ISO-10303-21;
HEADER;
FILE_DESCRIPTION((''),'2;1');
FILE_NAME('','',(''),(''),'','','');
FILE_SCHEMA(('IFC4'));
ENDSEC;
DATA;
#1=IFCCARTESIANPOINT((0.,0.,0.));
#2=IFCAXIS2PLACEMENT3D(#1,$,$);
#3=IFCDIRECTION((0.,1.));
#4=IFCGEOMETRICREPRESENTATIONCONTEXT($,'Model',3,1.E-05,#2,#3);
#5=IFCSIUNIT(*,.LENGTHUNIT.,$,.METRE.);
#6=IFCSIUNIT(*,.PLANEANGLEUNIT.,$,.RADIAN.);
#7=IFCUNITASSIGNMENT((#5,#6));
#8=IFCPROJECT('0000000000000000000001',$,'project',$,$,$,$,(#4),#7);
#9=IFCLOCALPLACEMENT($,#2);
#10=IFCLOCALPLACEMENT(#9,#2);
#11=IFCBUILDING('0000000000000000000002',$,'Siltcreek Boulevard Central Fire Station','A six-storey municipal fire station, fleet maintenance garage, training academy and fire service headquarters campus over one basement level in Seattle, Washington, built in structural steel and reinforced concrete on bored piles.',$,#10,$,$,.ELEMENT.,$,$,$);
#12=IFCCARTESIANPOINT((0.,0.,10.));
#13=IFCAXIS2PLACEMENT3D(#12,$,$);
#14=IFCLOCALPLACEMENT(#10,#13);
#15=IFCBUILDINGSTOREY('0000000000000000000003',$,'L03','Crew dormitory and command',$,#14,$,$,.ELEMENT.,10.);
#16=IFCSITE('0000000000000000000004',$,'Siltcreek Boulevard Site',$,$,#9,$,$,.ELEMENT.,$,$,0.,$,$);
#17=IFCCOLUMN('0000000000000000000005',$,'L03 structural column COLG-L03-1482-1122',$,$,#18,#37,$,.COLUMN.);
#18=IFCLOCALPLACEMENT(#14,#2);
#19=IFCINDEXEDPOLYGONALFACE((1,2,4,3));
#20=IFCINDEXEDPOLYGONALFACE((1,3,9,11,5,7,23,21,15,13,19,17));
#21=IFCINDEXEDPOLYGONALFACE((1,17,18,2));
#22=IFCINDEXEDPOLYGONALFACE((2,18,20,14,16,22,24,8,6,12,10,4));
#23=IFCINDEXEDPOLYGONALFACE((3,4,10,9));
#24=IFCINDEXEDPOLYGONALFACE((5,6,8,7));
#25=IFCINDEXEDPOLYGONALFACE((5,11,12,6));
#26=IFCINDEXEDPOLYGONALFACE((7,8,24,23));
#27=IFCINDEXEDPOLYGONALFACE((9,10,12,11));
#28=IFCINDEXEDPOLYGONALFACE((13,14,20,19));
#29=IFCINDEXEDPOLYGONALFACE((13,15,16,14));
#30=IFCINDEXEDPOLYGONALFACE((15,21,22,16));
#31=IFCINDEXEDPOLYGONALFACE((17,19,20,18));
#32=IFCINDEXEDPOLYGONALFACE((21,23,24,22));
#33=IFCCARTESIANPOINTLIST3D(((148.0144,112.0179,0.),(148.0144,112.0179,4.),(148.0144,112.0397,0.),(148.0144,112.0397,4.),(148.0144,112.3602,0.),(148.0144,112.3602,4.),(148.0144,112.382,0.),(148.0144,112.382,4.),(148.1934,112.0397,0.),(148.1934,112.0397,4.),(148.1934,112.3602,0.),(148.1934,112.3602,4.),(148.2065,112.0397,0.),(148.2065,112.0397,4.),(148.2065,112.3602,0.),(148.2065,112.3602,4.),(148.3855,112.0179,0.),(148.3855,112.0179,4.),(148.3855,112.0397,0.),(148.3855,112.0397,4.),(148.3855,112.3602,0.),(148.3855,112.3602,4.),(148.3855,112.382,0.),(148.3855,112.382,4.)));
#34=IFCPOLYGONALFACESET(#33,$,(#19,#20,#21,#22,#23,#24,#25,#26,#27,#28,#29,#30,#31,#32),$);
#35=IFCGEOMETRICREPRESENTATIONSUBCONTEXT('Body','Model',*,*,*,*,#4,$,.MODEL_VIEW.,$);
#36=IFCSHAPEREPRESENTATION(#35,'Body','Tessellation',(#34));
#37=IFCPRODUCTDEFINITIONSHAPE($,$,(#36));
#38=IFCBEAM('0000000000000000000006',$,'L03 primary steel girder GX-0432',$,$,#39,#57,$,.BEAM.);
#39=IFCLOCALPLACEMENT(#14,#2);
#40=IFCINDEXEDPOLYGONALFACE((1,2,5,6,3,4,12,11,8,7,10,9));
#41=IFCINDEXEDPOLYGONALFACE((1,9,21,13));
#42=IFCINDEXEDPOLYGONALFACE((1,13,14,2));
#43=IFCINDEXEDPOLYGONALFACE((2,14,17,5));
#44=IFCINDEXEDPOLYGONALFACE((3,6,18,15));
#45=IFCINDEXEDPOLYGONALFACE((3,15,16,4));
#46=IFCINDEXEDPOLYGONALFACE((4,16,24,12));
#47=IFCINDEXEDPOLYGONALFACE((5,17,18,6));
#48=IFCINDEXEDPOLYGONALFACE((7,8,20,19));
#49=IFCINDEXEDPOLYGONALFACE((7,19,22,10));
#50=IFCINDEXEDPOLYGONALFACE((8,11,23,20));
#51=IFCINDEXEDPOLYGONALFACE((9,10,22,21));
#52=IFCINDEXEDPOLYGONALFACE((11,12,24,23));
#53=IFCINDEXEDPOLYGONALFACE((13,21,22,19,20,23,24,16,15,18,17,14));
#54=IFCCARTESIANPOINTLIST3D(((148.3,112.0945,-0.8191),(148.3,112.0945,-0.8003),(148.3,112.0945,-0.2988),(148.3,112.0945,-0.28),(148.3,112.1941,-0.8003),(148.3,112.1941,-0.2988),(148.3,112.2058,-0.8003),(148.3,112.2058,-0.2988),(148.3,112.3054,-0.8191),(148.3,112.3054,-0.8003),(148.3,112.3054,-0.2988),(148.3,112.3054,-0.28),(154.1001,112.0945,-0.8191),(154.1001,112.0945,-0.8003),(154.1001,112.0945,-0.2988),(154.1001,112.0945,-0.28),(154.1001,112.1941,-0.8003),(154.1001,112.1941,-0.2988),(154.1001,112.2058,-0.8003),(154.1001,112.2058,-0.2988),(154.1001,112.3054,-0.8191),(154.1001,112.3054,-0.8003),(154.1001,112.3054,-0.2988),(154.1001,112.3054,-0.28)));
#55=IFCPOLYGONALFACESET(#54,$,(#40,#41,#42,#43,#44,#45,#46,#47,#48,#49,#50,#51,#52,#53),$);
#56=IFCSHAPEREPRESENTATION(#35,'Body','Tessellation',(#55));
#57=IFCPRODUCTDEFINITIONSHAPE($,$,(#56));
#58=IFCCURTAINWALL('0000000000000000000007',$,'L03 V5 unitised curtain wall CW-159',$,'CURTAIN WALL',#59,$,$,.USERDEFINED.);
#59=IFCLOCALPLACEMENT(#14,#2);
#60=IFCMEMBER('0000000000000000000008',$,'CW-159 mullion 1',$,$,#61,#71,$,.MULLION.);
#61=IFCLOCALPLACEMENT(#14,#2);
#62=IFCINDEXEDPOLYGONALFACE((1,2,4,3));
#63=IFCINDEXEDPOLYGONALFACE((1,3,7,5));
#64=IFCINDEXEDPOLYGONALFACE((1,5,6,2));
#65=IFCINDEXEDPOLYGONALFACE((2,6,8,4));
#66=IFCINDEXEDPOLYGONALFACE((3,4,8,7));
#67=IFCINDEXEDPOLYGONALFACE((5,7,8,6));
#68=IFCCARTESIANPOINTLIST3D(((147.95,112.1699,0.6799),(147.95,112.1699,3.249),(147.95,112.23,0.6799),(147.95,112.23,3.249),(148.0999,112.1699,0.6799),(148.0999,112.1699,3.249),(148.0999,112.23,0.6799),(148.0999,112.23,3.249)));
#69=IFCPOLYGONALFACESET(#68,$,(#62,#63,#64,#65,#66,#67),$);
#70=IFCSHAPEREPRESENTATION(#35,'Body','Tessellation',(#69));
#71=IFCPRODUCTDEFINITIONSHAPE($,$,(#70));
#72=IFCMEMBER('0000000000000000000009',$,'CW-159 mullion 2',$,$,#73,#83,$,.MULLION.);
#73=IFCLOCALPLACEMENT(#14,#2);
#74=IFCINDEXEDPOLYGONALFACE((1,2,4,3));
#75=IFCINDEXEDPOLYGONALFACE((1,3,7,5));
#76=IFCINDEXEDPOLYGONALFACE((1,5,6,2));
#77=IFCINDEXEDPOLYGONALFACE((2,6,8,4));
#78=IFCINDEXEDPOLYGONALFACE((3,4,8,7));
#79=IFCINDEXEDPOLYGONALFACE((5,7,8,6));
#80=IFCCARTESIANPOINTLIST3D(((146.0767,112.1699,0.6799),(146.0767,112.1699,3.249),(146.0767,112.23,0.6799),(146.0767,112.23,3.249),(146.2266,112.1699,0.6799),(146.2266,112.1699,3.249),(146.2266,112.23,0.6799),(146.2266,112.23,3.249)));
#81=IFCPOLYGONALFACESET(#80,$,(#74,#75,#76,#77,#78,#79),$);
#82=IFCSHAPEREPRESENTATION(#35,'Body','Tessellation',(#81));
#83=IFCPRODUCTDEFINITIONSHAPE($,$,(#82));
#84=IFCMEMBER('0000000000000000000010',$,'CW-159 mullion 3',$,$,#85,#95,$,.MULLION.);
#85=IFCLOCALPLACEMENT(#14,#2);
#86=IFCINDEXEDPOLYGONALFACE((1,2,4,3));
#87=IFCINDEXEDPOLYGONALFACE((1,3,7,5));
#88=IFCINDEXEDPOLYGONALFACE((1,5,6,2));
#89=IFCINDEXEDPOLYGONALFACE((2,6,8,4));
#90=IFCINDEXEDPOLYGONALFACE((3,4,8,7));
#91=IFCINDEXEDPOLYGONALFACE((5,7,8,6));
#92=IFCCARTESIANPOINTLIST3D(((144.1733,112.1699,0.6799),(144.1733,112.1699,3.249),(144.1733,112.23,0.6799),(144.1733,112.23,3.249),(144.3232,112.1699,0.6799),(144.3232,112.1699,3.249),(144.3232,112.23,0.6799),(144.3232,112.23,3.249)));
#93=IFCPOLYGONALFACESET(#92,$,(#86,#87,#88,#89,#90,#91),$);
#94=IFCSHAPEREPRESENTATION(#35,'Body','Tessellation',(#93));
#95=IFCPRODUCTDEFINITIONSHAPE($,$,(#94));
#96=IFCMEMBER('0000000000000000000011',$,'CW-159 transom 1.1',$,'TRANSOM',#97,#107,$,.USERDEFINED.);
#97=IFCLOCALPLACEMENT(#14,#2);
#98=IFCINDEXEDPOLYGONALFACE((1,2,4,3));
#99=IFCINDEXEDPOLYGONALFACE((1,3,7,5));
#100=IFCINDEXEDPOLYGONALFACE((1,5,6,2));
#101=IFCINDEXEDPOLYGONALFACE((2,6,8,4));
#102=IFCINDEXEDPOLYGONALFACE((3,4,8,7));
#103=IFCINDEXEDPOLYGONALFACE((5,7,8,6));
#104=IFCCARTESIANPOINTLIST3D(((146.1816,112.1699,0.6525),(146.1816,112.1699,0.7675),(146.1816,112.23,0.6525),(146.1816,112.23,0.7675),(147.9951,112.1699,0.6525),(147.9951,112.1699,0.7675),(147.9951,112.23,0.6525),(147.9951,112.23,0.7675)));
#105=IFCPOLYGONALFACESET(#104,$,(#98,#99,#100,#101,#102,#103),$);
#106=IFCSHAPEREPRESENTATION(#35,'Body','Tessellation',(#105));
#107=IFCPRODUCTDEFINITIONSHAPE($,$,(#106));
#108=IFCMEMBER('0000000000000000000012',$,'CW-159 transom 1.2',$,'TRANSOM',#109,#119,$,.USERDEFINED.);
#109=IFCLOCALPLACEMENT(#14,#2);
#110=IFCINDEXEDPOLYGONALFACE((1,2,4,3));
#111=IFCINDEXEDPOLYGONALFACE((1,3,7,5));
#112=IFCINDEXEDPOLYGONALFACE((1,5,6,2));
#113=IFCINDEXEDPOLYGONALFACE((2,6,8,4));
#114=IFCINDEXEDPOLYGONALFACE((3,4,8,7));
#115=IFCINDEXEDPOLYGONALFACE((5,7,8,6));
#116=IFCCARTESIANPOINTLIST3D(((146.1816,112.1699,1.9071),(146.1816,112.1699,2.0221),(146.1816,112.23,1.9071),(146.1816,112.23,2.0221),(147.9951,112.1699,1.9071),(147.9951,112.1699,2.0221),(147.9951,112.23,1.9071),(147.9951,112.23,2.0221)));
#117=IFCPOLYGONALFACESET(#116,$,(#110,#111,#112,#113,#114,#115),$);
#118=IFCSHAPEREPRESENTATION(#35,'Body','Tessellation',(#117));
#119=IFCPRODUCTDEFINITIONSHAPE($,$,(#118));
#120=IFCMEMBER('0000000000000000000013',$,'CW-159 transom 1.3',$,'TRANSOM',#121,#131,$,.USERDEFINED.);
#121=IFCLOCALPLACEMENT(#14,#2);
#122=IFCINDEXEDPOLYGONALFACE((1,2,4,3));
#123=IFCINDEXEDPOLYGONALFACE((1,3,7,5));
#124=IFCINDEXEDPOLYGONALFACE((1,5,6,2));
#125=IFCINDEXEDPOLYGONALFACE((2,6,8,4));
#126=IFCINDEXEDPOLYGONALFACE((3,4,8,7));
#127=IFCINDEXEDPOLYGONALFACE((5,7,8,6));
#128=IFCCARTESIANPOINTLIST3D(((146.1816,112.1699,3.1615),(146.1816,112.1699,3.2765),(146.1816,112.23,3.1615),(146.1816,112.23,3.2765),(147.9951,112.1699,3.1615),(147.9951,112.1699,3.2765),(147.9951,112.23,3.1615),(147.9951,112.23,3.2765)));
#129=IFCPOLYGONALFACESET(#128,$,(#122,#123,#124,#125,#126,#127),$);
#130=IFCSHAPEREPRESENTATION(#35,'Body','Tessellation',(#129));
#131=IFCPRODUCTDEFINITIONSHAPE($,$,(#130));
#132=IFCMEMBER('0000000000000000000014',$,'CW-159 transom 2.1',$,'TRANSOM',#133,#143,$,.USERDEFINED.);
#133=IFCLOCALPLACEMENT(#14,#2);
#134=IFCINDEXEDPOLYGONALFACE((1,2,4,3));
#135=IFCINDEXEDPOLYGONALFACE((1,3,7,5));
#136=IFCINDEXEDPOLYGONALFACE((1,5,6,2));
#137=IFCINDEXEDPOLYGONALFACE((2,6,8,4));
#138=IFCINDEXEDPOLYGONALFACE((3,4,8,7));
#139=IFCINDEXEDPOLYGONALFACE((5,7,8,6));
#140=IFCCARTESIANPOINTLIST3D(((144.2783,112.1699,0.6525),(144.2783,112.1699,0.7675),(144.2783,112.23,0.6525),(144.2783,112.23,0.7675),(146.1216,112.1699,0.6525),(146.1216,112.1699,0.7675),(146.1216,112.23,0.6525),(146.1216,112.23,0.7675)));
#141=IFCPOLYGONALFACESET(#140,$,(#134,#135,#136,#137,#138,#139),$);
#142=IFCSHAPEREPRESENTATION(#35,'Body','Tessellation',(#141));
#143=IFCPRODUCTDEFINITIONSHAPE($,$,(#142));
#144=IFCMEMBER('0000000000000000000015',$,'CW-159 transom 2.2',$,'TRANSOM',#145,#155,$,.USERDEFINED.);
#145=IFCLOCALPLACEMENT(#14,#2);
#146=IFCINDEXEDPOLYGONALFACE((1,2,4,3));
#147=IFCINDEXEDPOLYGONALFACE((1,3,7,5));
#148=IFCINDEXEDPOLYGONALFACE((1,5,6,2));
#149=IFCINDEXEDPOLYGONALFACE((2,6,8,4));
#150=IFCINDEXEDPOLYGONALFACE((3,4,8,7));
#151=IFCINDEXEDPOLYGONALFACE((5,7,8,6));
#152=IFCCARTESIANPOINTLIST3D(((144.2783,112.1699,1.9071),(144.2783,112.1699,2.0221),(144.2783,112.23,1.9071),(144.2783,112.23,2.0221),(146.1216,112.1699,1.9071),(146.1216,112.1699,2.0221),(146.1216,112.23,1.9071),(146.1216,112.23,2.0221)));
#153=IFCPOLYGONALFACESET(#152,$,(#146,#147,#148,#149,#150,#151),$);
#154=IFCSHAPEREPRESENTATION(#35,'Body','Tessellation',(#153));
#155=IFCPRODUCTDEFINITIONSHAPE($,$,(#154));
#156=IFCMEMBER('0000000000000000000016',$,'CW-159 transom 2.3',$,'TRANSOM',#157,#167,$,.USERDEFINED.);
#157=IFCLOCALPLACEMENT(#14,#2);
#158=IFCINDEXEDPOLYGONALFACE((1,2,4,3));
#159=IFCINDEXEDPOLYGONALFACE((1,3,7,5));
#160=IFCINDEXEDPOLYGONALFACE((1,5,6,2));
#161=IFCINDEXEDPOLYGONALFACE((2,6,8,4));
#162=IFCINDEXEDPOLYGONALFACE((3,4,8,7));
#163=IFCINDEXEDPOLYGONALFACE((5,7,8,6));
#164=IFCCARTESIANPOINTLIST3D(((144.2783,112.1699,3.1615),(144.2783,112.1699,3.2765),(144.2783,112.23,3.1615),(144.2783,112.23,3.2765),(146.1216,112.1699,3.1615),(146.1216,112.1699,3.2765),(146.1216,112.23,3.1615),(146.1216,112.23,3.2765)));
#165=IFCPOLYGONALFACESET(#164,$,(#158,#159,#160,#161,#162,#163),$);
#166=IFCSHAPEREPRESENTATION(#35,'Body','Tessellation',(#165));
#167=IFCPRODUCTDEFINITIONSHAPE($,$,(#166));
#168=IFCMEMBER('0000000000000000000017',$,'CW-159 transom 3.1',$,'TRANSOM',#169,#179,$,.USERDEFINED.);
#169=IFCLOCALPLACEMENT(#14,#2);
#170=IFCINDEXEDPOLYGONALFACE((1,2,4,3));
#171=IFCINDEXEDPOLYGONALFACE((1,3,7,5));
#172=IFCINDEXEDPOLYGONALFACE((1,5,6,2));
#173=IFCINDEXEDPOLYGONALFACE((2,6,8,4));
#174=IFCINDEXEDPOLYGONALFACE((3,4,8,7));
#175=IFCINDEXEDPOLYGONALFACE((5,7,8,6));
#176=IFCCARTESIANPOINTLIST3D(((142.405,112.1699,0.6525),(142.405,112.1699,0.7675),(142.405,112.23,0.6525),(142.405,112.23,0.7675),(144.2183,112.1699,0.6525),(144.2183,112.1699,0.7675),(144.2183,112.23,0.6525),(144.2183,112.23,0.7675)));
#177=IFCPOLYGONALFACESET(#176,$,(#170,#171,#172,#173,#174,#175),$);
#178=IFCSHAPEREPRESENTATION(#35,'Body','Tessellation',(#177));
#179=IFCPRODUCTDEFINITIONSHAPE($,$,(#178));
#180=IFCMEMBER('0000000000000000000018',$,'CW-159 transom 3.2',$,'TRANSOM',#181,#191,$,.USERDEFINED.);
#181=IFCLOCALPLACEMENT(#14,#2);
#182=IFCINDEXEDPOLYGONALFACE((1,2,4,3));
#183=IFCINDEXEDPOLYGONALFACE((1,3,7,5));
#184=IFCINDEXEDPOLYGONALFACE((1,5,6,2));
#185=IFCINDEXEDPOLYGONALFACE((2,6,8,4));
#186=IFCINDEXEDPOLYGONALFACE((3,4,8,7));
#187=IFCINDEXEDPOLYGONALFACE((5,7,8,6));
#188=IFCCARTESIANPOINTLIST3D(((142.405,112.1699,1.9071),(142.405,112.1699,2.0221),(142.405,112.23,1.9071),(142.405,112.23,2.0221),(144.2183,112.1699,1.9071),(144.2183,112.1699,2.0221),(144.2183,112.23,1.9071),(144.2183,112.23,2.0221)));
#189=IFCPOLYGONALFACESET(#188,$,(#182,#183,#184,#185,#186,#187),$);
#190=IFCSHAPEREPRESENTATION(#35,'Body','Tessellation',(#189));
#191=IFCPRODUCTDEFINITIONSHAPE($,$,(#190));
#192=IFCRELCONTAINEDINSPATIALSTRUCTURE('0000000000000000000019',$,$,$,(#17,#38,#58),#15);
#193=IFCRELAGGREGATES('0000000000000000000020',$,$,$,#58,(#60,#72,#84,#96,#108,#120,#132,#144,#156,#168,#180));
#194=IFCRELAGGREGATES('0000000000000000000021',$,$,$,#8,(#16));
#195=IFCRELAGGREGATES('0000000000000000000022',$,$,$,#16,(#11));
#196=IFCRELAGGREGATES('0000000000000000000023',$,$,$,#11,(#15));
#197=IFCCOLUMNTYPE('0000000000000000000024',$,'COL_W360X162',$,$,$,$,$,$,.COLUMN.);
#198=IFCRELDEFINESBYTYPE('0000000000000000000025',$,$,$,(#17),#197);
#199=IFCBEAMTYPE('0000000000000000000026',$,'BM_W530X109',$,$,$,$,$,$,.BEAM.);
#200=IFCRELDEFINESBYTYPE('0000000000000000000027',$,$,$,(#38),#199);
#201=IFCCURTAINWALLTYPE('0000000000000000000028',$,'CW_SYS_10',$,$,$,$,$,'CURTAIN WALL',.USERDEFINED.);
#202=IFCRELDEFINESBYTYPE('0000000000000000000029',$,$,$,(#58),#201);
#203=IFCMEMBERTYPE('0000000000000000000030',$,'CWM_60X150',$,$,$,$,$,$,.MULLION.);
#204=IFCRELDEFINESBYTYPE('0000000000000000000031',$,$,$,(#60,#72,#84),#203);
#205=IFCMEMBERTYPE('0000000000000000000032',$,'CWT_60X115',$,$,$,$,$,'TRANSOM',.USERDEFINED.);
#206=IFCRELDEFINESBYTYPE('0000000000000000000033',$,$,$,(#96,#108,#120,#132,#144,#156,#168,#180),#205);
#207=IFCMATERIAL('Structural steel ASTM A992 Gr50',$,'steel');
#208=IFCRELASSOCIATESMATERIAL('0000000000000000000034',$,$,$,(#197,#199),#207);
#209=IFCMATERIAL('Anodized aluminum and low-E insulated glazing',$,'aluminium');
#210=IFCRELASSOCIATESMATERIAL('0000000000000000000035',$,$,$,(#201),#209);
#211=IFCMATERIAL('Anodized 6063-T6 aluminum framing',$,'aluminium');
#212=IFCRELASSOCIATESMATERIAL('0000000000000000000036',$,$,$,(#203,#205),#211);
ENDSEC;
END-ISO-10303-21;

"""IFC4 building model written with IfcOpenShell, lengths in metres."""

from ifc_helpers import new_model, si_unit, direction, frame, origin, origin_2d, place, context, subcontext, project, spatial, rectangle, i_section, extrude, material, material_profile, profile_set, type_object, element, aggregate, save


model = new_model("IFC4")

# Units and contexts
model_context = context("Model", 3, precision=1e-05, world=origin(), true_north=direction((0.0, 1.0)))
body_context = subcontext(model_context, "Body", "Model", "MODEL_VIEW")
ifc_project = project(units=[si_unit("LENGTHUNIT", "METRE"), si_unit("PLANEANGLEUNIT", "RADIAN")], contexts=[model_context])

# Site, building, storey
site_placement = place(None, origin())
site = spatial("IfcSite", under=ifc_project, at=site_placement, Name="Siltcreek Boulevard Site", CompositionType="ELEMENT", RefElevation=0.0)
building_placement = place(site_placement, origin())
building = spatial("IfcBuilding", under=site, at=building_placement, Name="Siltcreek Boulevard Central Fire Station", Description="A six-storey municipal fire station, fleet maintenance garage, training academy and fire service headquarters campus over one basement level in Seattle, Washington, built in structural steel and reinforced concrete on bored piles.", CompositionType="ELEMENT")
storey_placement = place(building_placement, frame((0.0, 0.0, 10.0)))
storey = spatial("IfcBuildingStorey", under=building, at=storey_placement, Name="L03", Description="Crew dormitory and command", CompositionType="ELEMENT", Elevation=10.0)

# Column
ifc_material_1 = material(Name="Structural steel ASTM A992 Gr50", Category="steel")
ifc_material_profile_1 = material_profile(ifc_material_1, i_section(OverallWidth=0.3711, OverallDepth=0.364, WebThickness=0.0132, FlangeThickness=0.0217, at=origin_2d()), Name="W360X162")
ifc_profile_set_1 = profile_set([ifc_material_profile_1], Name="Structural steel ASTM A992 Gr50")
column_type = type_object("IfcColumnType", Name="COL_W360X162", PredefinedType="COLUMN", material=ifc_profile_set_1)
column_placement = place(storey_placement, frame((148.2, 112.2, 0.0), z_axis=(0.0, 0.0, 1.0), x_axis=(1.0, 0.0, 0.0)))
element("IfcColumn", 1, at=column_placement, inside=storey, type_object=column_type, Name="L03 structural column COLG-L03-1482-1122", PredefinedType="COLUMN", context=body_context, shape_type="SweptSolid", body=[
    extrude(i_section(OverallWidth=0.3711, OverallDepth=0.364, WebThickness=0.0132, FlangeThickness=0.0217, at=origin_2d()), origin(), (0.0, 0.0, 1.0), 4.0),
])

# Beam
ifc_material_profile_2 = material_profile(ifc_material_1, i_section(OverallWidth=0.2109, OverallDepth=0.5391, WebThickness=0.0117, FlangeThickness=0.0188, at=origin_2d()), Name="W530X109")
ifc_profile_set_2 = profile_set([ifc_material_profile_2], Name="Structural steel ASTM A992 Gr50")
beam_type = type_object("IfcBeamType", Name="BM_W530X109", PredefinedType="BEAM", material=ifc_profile_set_2)
beam_placement = place(storey_placement, frame((148.3, 112.2, -0.5496), z_axis=(1.0, 0.0, 0.0), x_axis=(0.0, 1.0, 0.0)))
element("IfcBeam", 2, at=beam_placement, inside=storey, type_object=beam_type, Name="L03 primary steel girder GX-0432", PredefinedType="BEAM", context=body_context, shape_type="SweptSolid", body=[
    extrude(i_section(OverallWidth=0.2109, OverallDepth=0.5391, WebThickness=0.0117, FlangeThickness=0.0188, at=origin_2d()), origin(), (0.0, 0.0, 1.0), 5.8),
])

# Curtain wall, members
ifc_material_2 = material(Name="Anodized aluminum and low-E insulated glazing", Category="aluminium")
curtain_wall_type = type_object("IfcCurtainWallType", Name="CW_SYS_10", ElementType="CURTAIN WALL", PredefinedType="USERDEFINED", material=ifc_material_2)
curtain_wall_placement = place(storey_placement, origin())
curtain_wall = element("IfcCurtainWall", 3, at=curtain_wall_placement, inside=storey, type_object=curtain_wall_type, Name="L03 V5 unitised curtain wall CW-159", ObjectType="CURTAIN WALL", PredefinedType="USERDEFINED")
ifc_material_3 = material(Name="Anodized 6063-T6 aluminum framing", Category="aluminium")
ifc_material_profile_3 = material_profile(ifc_material_3, rectangle(XDim=0.0601, YDim=0.1499, at=origin_2d()), Name="MULL60X150")
ifc_profile_set_3 = profile_set([ifc_material_profile_3], Name="Anodized 6063-T6 aluminum framing")
member_type_1 = type_object("IfcMemberType", Name="CWM_60X150", PredefinedType="MULLION", material=ifc_profile_set_3)
member_1_placement = place(storey_placement, frame((148.0249, 112.2, 0.6799), z_axis=(0.0, 0.0, 1.0), x_axis=(0.0, -1.0, 0.0)))
member_1 = element("IfcMember", 4, at=member_1_placement, type_object=member_type_1, Name="CW-159 mullion 1", PredefinedType="MULLION", context=body_context, shape_type="SweptSolid", body=[
    extrude(rectangle(XDim=0.0601, YDim=0.1499, at=origin_2d()), origin(), (0.0, 0.0, 1.0), 2.5691),
])
member_2_placement = place(storey_placement, frame((146.1516, 112.2, 0.6799), z_axis=(0.0, 0.0, 1.0), x_axis=(0.0, -1.0, 0.0)))
member_2 = element("IfcMember", 5, at=member_2_placement, type_object=member_type_1, Name="CW-159 mullion 2", PredefinedType="MULLION", context=body_context, shape_type="SweptSolid", body=[
    extrude(rectangle(XDim=0.0601, YDim=0.1499, at=origin_2d()), origin(), (0.0, 0.0, 1.0), 2.5691),
])
member_3_placement = place(storey_placement, frame((144.2483, 112.2, 0.6799), z_axis=(0.0, 0.0, 1.0), x_axis=(0.0, -1.0, 0.0)))
member_3 = element("IfcMember", 6, at=member_3_placement, type_object=member_type_1, Name="CW-159 mullion 3", PredefinedType="MULLION", context=body_context, shape_type="SweptSolid", body=[
    extrude(rectangle(XDim=0.0601, YDim=0.1499, at=origin_2d()), origin(), (0.0, 0.0, 1.0), 2.5691),
])
ifc_material_profile_4 = material_profile(ifc_material_3, rectangle(XDim=0.0601, YDim=0.115, at=origin_2d()), Name="TRAN60X115")
ifc_profile_set_4 = profile_set([ifc_material_profile_4], Name="Anodized 6063-T6 aluminum framing")
member_type_2 = type_object("IfcMemberType", Name="CWT_60X115", ElementType="TRANSOM", PredefinedType="USERDEFINED", material=ifc_profile_set_4)
member_4_placement = place(storey_placement, frame((147.9951, 112.2, 0.71), z_axis=(-1.0, 0.0, 0.0), x_axis=(0.0, -1.0, 0.0)))
member_4 = element("IfcMember", 7, at=member_4_placement, type_object=member_type_2, Name="CW-159 transom 1.1", ObjectType="TRANSOM", PredefinedType="USERDEFINED", context=body_context, shape_type="SweptSolid", body=[
    extrude(rectangle(XDim=0.0601, YDim=0.115, at=origin_2d()), origin(), (0.0, 0.0, 1.0), 1.8135),
])
member_5_placement = place(storey_placement, frame((147.9951, 112.2, 1.9646), z_axis=(-1.0, 0.0, 0.0), x_axis=(0.0, -1.0, 0.0)))
member_5 = element("IfcMember", 8, at=member_5_placement, type_object=member_type_2, Name="CW-159 transom 1.2", ObjectType="TRANSOM", PredefinedType="USERDEFINED", context=body_context, shape_type="SweptSolid", body=[
    extrude(rectangle(XDim=0.0601, YDim=0.115, at=origin_2d()), origin(), (0.0, 0.0, 1.0), 1.8135),
])
member_6_placement = place(storey_placement, frame((147.9951, 112.2, 3.219), z_axis=(-1.0, 0.0, 0.0), x_axis=(0.0, -1.0, 0.0)))
member_6 = element("IfcMember", 9, at=member_6_placement, type_object=member_type_2, Name="CW-159 transom 1.3", ObjectType="TRANSOM", PredefinedType="USERDEFINED", context=body_context, shape_type="SweptSolid", body=[
    extrude(rectangle(XDim=0.0601, YDim=0.115, at=origin_2d()), origin(), (0.0, 0.0, 1.0), 1.8135),
])
member_7_placement = place(storey_placement, frame((146.1216, 112.2, 0.71), z_axis=(-1.0, 0.0, 0.0), x_axis=(0.0, -1.0, 0.0)))
member_7 = element("IfcMember", 10, at=member_7_placement, type_object=member_type_2, Name="CW-159 transom 2.1", ObjectType="TRANSOM", PredefinedType="USERDEFINED", context=body_context, shape_type="SweptSolid", body=[
    extrude(rectangle(XDim=0.0601, YDim=0.115, at=origin_2d()), origin(), (0.0, 0.0, 1.0), 1.8433),
])
member_8_placement = place(storey_placement, frame((146.1216, 112.2, 1.9646), z_axis=(-1.0, 0.0, 0.0), x_axis=(0.0, -1.0, 0.0)))
member_8 = element("IfcMember", 11, at=member_8_placement, type_object=member_type_2, Name="CW-159 transom 2.2", ObjectType="TRANSOM", PredefinedType="USERDEFINED", context=body_context, shape_type="SweptSolid", body=[
    extrude(rectangle(XDim=0.0601, YDim=0.115, at=origin_2d()), origin(), (0.0, 0.0, 1.0), 1.8433),
])
member_9_placement = place(storey_placement, frame((146.1216, 112.2, 3.219), z_axis=(-1.0, 0.0, 0.0), x_axis=(0.0, -1.0, 0.0)))
member_9 = element("IfcMember", 12, at=member_9_placement, type_object=member_type_2, Name="CW-159 transom 2.3", ObjectType="TRANSOM", PredefinedType="USERDEFINED", context=body_context, shape_type="SweptSolid", body=[
    extrude(rectangle(XDim=0.0601, YDim=0.115, at=origin_2d()), origin(), (0.0, 0.0, 1.0), 1.8433),
])
member_10_placement = place(storey_placement, frame((144.2183, 112.2, 0.71), z_axis=(-1.0, 0.0, 0.0), x_axis=(0.0, -1.0, 0.0)))
member_10 = element("IfcMember", 13, at=member_10_placement, type_object=member_type_2, Name="CW-159 transom 3.1", ObjectType="TRANSOM", PredefinedType="USERDEFINED", context=body_context, shape_type="SweptSolid", body=[
    extrude(rectangle(XDim=0.0601, YDim=0.115, at=origin_2d()), origin(), (0.0, 0.0, 1.0), 1.8132),
])
member_11_placement = place(storey_placement, frame((144.2183, 112.2, 1.9646), z_axis=(-1.0, 0.0, 0.0), x_axis=(0.0, -1.0, 0.0)))
member_11 = element("IfcMember", 14, at=member_11_placement, type_object=member_type_2, Name="CW-159 transom 3.2", ObjectType="TRANSOM", PredefinedType="USERDEFINED", context=body_context, shape_type="SweptSolid", body=[
    extrude(rectangle(XDim=0.0601, YDim=0.115, at=origin_2d()), origin(), (0.0, 0.0, 1.0), 1.8132),
])
aggregate(curtain_wall, [member_1, member_2, member_3, member_4, member_5, member_6, member_7, member_8, member_9, member_10, member_11])

save(model, "model.ifc")
